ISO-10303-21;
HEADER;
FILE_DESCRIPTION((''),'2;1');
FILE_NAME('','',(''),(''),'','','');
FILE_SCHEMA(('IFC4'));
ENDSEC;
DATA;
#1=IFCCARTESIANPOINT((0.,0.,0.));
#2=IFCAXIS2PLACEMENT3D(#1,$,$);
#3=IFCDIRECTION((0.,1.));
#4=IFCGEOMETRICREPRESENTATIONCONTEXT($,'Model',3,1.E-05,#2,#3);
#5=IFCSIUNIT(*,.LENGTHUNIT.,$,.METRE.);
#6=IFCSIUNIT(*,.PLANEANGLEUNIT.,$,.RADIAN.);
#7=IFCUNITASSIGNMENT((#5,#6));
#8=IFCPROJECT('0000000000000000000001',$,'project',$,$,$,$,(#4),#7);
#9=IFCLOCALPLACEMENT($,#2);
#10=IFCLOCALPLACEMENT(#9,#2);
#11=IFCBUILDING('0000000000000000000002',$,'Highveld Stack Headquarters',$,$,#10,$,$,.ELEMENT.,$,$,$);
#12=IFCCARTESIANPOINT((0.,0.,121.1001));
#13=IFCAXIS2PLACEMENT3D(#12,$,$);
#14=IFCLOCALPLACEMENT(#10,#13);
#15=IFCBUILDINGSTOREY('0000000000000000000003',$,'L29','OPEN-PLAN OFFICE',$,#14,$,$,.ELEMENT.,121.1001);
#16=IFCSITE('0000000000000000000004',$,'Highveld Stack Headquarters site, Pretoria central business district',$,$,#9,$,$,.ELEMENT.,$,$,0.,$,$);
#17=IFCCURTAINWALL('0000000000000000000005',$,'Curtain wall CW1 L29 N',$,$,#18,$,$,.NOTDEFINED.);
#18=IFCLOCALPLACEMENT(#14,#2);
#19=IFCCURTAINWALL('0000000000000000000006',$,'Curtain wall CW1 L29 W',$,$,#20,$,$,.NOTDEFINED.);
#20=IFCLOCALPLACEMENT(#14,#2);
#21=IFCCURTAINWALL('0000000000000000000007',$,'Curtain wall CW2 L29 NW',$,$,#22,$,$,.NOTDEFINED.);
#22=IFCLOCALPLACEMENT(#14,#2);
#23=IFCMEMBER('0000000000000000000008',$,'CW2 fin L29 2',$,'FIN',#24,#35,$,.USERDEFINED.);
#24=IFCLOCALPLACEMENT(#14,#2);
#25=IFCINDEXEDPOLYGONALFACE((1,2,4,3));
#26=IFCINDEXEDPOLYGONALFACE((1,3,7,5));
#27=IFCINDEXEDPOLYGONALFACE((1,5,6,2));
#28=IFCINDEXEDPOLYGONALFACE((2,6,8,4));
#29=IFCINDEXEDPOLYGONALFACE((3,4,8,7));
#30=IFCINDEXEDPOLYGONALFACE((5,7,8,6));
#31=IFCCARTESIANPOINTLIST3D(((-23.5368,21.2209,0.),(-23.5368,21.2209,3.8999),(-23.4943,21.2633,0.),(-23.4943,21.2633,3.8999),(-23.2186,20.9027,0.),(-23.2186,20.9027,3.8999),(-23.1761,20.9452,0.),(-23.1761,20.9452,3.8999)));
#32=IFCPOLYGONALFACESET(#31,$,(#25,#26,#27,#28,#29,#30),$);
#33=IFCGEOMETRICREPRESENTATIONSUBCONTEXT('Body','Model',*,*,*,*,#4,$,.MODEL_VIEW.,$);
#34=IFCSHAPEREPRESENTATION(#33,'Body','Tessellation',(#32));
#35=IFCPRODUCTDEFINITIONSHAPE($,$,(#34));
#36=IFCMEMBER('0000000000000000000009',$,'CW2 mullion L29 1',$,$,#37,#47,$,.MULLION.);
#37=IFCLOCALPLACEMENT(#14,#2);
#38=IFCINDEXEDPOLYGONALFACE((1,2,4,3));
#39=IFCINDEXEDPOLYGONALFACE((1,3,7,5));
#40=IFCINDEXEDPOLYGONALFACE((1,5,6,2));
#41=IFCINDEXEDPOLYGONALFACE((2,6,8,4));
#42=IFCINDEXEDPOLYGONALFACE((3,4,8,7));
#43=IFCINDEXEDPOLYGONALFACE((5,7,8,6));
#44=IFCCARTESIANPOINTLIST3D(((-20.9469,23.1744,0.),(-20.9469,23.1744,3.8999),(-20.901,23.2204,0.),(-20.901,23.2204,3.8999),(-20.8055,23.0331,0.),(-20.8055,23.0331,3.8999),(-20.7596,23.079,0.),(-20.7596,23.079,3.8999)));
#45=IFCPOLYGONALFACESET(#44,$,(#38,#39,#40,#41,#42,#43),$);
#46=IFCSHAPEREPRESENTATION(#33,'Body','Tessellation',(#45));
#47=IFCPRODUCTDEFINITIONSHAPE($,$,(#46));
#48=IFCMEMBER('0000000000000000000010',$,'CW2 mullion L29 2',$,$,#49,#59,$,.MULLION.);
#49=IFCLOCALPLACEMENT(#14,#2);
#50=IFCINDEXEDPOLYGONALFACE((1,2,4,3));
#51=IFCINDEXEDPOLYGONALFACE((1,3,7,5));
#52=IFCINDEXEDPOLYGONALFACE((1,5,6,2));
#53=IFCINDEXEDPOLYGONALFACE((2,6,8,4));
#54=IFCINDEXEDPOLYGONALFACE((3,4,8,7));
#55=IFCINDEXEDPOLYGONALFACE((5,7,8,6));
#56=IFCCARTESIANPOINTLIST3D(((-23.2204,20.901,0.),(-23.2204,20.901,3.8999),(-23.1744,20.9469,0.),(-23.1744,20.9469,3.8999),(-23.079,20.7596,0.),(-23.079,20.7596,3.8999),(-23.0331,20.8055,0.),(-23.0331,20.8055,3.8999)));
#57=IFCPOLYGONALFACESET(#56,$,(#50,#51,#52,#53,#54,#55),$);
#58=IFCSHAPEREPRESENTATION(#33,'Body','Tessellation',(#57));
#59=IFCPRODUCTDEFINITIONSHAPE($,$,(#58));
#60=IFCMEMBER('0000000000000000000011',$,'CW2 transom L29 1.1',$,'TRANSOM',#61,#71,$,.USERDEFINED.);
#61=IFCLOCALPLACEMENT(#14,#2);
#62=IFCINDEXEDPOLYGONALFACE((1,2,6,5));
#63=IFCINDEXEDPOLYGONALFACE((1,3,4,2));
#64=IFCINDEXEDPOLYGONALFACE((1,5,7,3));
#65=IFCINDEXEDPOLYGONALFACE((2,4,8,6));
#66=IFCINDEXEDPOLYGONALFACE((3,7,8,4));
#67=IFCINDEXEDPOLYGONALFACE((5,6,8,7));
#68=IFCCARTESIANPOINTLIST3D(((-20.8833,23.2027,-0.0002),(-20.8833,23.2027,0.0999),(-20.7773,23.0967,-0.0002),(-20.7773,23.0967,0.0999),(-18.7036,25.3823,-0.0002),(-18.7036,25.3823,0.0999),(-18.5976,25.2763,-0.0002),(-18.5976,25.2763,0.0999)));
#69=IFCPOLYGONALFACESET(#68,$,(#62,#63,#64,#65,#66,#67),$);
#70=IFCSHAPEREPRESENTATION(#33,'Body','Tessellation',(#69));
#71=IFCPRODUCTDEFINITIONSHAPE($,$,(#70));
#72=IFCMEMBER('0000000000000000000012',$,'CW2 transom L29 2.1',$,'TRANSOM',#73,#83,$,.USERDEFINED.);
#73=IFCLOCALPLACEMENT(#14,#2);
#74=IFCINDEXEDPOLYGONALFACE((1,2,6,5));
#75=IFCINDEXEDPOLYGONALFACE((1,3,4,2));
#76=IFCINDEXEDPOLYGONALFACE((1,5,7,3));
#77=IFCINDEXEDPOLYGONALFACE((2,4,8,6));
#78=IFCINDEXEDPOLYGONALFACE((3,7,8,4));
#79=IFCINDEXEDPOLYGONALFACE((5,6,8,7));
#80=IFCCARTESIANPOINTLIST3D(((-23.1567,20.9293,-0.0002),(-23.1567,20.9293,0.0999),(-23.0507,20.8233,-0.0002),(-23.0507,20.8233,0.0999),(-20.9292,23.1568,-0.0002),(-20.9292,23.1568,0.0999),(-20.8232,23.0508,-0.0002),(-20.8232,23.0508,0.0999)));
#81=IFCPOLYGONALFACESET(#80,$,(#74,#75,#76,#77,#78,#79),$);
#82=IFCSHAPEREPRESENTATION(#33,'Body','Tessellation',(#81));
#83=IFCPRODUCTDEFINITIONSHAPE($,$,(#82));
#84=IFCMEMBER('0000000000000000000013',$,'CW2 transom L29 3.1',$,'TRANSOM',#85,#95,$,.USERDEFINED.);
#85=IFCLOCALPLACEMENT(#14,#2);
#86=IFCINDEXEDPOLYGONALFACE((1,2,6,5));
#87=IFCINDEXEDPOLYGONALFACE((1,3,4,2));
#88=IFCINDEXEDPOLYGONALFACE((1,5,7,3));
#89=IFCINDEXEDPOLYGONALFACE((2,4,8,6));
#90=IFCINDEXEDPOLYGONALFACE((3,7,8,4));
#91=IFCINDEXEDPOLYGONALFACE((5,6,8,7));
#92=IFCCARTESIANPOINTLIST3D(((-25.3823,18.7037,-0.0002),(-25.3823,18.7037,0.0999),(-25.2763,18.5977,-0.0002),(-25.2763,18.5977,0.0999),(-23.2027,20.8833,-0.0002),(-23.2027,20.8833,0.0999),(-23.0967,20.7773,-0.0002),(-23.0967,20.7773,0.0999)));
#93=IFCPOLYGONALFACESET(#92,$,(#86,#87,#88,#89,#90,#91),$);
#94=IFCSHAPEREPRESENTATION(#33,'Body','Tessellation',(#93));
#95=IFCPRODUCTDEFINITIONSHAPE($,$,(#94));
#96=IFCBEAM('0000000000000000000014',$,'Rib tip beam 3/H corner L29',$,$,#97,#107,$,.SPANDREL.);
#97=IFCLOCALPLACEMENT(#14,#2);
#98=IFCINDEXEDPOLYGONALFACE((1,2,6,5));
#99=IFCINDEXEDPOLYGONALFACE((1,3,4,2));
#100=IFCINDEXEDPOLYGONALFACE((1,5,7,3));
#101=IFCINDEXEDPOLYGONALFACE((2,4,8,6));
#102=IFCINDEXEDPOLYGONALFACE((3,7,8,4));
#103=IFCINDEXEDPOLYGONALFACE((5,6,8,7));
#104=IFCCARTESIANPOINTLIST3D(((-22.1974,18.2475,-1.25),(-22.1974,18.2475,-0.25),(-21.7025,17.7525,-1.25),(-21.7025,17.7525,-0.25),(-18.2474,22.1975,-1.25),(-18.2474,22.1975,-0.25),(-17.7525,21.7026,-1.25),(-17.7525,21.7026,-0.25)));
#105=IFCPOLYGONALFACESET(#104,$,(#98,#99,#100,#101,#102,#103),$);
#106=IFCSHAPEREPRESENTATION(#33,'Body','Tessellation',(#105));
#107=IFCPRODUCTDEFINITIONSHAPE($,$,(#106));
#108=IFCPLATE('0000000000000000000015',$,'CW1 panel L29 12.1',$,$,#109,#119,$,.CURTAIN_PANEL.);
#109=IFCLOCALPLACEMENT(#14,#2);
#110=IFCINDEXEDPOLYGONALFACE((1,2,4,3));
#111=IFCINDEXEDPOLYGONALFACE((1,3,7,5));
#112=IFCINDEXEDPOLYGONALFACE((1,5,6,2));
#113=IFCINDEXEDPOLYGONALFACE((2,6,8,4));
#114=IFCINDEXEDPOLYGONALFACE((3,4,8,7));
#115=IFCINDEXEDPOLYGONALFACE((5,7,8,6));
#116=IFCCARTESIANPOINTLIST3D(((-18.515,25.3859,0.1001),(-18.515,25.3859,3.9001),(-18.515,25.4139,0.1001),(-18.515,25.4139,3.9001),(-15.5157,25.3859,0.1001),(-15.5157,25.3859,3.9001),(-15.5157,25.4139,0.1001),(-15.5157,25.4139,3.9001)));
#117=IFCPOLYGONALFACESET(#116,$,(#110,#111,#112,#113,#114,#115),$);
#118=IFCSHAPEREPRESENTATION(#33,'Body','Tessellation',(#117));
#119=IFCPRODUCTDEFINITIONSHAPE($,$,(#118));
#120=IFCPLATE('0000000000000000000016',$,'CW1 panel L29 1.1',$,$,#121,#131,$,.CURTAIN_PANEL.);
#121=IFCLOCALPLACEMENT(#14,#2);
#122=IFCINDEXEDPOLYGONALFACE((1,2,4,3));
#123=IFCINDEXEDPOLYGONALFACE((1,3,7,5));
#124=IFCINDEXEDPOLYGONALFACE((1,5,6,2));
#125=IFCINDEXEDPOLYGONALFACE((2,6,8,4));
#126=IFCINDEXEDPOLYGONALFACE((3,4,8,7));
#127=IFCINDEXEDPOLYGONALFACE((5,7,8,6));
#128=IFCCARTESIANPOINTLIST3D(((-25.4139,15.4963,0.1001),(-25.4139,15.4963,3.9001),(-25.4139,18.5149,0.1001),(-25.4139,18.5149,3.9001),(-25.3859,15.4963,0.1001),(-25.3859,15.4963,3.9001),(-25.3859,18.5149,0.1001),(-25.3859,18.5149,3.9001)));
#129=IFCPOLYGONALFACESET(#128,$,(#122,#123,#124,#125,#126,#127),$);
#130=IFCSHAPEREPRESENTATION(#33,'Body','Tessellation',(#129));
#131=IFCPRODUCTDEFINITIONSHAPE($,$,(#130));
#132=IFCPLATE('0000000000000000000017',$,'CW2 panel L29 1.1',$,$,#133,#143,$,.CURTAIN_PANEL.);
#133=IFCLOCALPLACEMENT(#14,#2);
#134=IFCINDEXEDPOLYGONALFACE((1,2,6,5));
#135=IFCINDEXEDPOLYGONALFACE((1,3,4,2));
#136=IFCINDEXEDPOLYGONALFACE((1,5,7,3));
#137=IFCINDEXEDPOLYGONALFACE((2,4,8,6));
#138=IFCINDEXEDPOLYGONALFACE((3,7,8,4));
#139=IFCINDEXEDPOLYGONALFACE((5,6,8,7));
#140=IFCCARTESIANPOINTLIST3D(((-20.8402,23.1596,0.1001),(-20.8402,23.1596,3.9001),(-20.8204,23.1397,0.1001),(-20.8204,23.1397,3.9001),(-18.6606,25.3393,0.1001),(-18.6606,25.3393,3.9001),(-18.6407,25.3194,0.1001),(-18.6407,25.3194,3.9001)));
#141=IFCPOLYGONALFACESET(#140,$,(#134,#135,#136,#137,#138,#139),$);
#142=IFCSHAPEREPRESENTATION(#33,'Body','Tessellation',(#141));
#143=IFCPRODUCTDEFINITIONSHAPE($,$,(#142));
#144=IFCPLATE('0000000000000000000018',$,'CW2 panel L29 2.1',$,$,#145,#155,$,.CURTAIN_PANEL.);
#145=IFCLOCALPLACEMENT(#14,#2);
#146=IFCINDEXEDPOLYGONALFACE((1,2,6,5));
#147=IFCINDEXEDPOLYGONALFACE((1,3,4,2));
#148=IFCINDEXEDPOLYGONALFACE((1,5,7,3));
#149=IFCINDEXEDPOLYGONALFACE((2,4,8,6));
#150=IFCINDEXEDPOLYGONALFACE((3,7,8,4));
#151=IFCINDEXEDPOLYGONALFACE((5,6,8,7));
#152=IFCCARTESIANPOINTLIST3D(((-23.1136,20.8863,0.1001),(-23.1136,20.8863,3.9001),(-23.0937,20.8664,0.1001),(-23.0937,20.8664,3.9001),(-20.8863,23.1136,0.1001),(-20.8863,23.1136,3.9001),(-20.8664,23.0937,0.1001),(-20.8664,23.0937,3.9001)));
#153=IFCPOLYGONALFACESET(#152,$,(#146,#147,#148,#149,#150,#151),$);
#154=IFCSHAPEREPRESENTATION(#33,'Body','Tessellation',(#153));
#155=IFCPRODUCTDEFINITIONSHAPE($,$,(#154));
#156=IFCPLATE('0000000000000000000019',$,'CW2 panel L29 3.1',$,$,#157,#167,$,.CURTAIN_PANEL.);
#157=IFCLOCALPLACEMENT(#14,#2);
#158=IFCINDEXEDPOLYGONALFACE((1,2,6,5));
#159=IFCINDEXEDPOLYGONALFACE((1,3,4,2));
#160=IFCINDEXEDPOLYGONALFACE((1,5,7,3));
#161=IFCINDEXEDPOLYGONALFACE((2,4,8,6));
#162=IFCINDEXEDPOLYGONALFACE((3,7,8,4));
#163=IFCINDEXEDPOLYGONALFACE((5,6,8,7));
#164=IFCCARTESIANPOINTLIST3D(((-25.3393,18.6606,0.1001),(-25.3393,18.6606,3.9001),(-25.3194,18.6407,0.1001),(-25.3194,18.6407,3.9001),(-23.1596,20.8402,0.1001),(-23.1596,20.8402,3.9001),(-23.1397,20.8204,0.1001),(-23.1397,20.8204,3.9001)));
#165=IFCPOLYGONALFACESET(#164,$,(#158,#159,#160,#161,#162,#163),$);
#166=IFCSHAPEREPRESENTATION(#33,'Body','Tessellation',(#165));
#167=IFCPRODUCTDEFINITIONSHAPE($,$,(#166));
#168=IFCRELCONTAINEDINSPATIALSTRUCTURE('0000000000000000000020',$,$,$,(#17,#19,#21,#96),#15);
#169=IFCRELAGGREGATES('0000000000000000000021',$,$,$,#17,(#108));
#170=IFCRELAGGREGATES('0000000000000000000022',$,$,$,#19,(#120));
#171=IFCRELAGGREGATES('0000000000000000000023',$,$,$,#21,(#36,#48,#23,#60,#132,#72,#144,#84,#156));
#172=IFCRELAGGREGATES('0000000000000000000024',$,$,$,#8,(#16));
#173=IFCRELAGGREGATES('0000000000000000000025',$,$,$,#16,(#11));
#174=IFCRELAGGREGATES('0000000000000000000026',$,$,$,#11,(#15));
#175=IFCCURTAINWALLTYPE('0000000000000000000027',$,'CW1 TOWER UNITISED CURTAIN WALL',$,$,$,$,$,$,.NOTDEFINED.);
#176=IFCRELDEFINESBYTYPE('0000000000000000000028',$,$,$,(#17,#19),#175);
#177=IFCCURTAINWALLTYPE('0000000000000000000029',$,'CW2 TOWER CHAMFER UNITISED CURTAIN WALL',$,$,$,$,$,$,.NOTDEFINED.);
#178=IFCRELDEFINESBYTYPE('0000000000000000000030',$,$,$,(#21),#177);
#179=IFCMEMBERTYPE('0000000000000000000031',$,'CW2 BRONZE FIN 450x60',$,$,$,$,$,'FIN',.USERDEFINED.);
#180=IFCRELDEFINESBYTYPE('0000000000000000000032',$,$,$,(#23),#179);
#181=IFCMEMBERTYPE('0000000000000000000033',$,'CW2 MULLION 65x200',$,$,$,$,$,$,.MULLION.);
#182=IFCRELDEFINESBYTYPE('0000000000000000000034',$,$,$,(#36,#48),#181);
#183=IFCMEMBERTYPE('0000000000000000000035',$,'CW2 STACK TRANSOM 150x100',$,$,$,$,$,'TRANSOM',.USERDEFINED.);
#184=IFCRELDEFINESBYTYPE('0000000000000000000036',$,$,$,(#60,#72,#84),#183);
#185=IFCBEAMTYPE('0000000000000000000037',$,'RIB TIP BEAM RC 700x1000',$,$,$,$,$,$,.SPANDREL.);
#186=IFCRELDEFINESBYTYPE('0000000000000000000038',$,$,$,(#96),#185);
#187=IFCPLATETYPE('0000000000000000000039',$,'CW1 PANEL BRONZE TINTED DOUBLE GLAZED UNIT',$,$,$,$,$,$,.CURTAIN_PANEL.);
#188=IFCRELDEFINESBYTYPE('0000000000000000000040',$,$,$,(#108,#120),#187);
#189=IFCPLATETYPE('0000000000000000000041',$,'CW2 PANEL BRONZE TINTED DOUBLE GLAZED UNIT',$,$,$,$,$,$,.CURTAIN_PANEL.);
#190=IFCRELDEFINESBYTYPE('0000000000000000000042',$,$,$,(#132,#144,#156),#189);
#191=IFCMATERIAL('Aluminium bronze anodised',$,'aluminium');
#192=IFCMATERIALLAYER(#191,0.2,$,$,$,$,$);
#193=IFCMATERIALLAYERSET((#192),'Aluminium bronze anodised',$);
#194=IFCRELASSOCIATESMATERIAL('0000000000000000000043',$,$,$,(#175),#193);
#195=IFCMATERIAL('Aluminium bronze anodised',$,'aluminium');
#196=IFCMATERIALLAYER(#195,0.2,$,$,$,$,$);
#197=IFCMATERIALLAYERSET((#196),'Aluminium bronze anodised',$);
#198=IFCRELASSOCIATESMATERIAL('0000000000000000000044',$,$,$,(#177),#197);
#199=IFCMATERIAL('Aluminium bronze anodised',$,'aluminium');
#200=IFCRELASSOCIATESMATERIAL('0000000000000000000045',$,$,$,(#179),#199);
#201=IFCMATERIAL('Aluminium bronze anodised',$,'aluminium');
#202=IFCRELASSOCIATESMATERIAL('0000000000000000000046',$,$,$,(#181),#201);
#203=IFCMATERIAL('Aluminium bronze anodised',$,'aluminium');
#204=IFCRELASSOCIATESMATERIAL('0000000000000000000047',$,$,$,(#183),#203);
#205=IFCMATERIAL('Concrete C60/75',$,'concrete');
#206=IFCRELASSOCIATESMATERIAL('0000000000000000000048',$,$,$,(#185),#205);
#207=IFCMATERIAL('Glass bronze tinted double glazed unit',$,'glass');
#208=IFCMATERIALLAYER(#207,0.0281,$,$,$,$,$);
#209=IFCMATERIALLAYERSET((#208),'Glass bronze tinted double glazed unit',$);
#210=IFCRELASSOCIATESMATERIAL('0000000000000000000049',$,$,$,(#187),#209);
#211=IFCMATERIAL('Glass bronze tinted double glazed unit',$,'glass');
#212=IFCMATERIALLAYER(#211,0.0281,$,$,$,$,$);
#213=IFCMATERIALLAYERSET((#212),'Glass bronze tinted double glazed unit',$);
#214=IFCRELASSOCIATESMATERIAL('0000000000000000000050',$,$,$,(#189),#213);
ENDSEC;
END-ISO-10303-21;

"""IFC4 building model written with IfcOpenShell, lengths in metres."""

from ifc_helpers import new_model, si_unit, direction, frame, origin, origin_2d, place, context, subcontext, project, spatial, rectangle, extrude, material, layer, layer_set, material_profile, profile_set, type_object, element, aggregate, save


model = new_model("IFC4")

# Units and contexts
model_context = context("Model", 3, precision=1e-05, world=origin(), true_north=direction((0.0, 1.0)))
body_context = subcontext(model_context, "Body", "Model", "MODEL_VIEW")
ifc_project = project(units=[si_unit("LENGTHUNIT", "METRE"), si_unit("PLANEANGLEUNIT", "RADIAN")], contexts=[model_context])

# Site, building, storey
site_placement = place(None, origin())
site = spatial("IfcSite", under=ifc_project, at=site_placement, Name="Highveld Stack Headquarters site, Pretoria central business district", CompositionType="ELEMENT", RefElevation=0.0)
building_placement = place(site_placement, origin())
building = spatial("IfcBuilding", under=site, at=building_placement, Name="Highveld Stack Headquarters", CompositionType="ELEMENT")
storey_placement = place(building_placement, frame((0.0, 0.0, 121.1001)))
storey = spatial("IfcBuildingStorey", under=building, at=storey_placement, Name="L29", Description="OPEN-PLAN OFFICE", CompositionType="ELEMENT", Elevation=121.1001)

# Curtain wall
ifc_material_1 = material(Name="Aluminium bronze anodised", Category="aluminium")
ifc_layer_1 = layer(ifc_material_1, 0.2)
ifc_layer_set_1 = layer_set([ifc_layer_1], Name="Aluminium bronze anodised")
curtain_wall_type_1 = type_object("IfcCurtainWallType", Name="CW1 TOWER UNITISED CURTAIN WALL", PredefinedType="NOTDEFINED", material=ifc_layer_set_1)
curtain_wall_1_placement = place(storey_placement, origin())
curtain_wall_1 = element("IfcCurtainWall", 1, at=curtain_wall_1_placement, inside=storey, type_object=curtain_wall_type_1, Name="Curtain wall CW1 L29 N", PredefinedType="NOTDEFINED")

# Curtain wall
curtain_wall_2_placement = place(storey_placement, origin())
curtain_wall_2 = element("IfcCurtainWall", 2, at=curtain_wall_2_placement, inside=storey, type_object=curtain_wall_type_1, Name="Curtain wall CW1 L29 W", PredefinedType="NOTDEFINED")

# Curtain wall, members
ifc_material_2 = material(Name="Aluminium bronze anodised", Category="aluminium")
ifc_layer_2 = layer(ifc_material_2, 0.2)
ifc_layer_set_2 = layer_set([ifc_layer_2], Name="Aluminium bronze anodised")
curtain_wall_type_2 = type_object("IfcCurtainWallType", Name="CW2 TOWER CHAMFER UNITISED CURTAIN WALL", PredefinedType="NOTDEFINED", material=ifc_layer_set_2)
curtain_wall_3_placement = place(storey_placement, origin())
curtain_wall_3 = element("IfcCurtainWall", 3, at=curtain_wall_3_placement, inside=storey, type_object=curtain_wall_type_2, Name="Curtain wall CW2 L29 NW", PredefinedType="NOTDEFINED")
ifc_material_3 = material(Name="Aluminium bronze anodised", Category="aluminium")
ifc_material_profile_1 = material_profile(ifc_material_3, rectangle(XDim=0.45, YDim=0.0601, at=origin_2d()), Name="FIN 450x60")
ifc_profile_set_1 = profile_set([ifc_material_profile_1], Name="Aluminium bronze anodised")
member_type_1 = type_object("IfcMemberType", Name="CW2 BRONZE FIN 450x60", ElementType="FIN", PredefinedType="USERDEFINED", material=ifc_profile_set_1)
member_1_placement = place(storey_placement, frame((-23.3564, 21.083, 0.0), z_axis=(0.0, 0.0, 1.0), x_axis=(0.707107, -0.707107, 0.0)))
member_1 = element("IfcMember", 4, at=member_1_placement, type_object=member_type_1, Name="CW2 fin L29 2", ObjectType="FIN", PredefinedType="USERDEFINED", context=body_context, shape_type="SweptSolid", body=[
    extrude(rectangle(XDim=0.45, YDim=0.0601, at=origin_2d()), origin(), (0.0, 0.0, 1.0), 3.8999),
])
ifc_material_4 = material(Name="Aluminium bronze anodised", Category="aluminium")
ifc_material_profile_2 = material_profile(ifc_material_4, rectangle(XDim=0.2, YDim=0.0649, at=origin_2d()), Name="CW2 MULLION 65x200")
ifc_profile_set_2 = profile_set([ifc_material_profile_2], Name="Aluminium bronze anodised")
member_type_2 = type_object("IfcMemberType", Name="CW2 MULLION 65x200", PredefinedType="MULLION", material=ifc_profile_set_2)
member_2_placement = place(storey_placement, frame((-20.8533, 23.1267, 0.0), z_axis=(0.0, 0.0, 1.0), x_axis=(0.707107, -0.707107, 0.0)))
member_2 = element("IfcMember", 5, at=member_2_placement, type_object=member_type_2, Name="CW2 mullion L29 1", PredefinedType="MULLION", context=body_context, shape_type="SweptSolid", body=[
    extrude(rectangle(XDim=0.2, YDim=0.0649, at=origin_2d()), origin(), (0.0, 0.0, 1.0), 3.8999),
])
member_3_placement = place(storey_placement, frame((-23.1267, 20.8533, 0.0), z_axis=(0.0, 0.0, 1.0), x_axis=(0.707107, -0.707107, 0.0)))
member_3 = element("IfcMember", 6, at=member_3_placement, type_object=member_type_2, Name="CW2 mullion L29 2", PredefinedType="MULLION", context=body_context, shape_type="SweptSolid", body=[
    extrude(rectangle(XDim=0.2, YDim=0.0649, at=origin_2d()), origin(), (0.0, 0.0, 1.0), 3.8999),
])
ifc_material_5 = material(Name="Aluminium bronze anodised", Category="aluminium")
ifc_material_profile_3 = material_profile(ifc_material_5, rectangle(XDim=0.1499, YDim=0.1001, at=origin_2d()), Name="CW2 TRANSOM 150x100")
ifc_profile_set_3 = profile_set([ifc_material_profile_3], Name="Aluminium bronze anodised")
member_type_3 = type_object("IfcMemberType", Name="CW2 STACK TRANSOM 150x100", ElementType="TRANSOM", PredefinedType="USERDEFINED", material=ifc_profile_set_3)
member_4_placement = place(storey_placement, frame((-18.6506, 25.3293, 0.0498), z_axis=(-0.707107, -0.707107, 0.0), x_axis=(0.707107, -0.707107, 0.0)))
member_4 = element("IfcMember", 7, at=member_4_placement, type_object=member_type_3, Name="CW2 transom L29 1.1", ObjectType="TRANSOM", PredefinedType="USERDEFINED", context=body_context, shape_type="SweptSolid", body=[
    extrude(rectangle(XDim=0.1499, YDim=0.1001, at=origin_2d()), origin(), (0.0, 0.0, 1.0), 3.0825),
])
member_5_placement = place(storey_placement, frame((-20.8762, 23.1038, 0.0498), z_axis=(-0.707107, -0.707107, 0.0), x_axis=(0.707107, -0.707107, 0.0)))
member_5 = element("IfcMember", 8, at=member_5_placement, type_object=member_type_3, Name="CW2 transom L29 2.1", ObjectType="TRANSOM", PredefinedType="USERDEFINED", context=body_context, shape_type="SweptSolid", body=[
    extrude(rectangle(XDim=0.1499, YDim=0.1001, at=origin_2d()), origin(), (0.0, 0.0, 1.0), 3.1501),
])
member_6_placement = place(storey_placement, frame((-23.1497, 20.8303, 0.0498), z_axis=(-0.707107, -0.707107, 0.0), x_axis=(0.707107, -0.707107, 0.0)))
member_6 = element("IfcMember", 9, at=member_6_placement, type_object=member_type_3, Name="CW2 transom L29 3.1", ObjectType="TRANSOM", PredefinedType="USERDEFINED", context=body_context, shape_type="SweptSolid", body=[
    extrude(rectangle(XDim=0.1499, YDim=0.1001, at=origin_2d()), origin(), (0.0, 0.0, 1.0), 3.0825),
])

# Beam
ifc_material_6 = material(Name="Concrete C60/75", Category="concrete")
ifc_material_profile_4 = material_profile(ifc_material_6, rectangle(XDim=0.7, YDim=1.0, at=origin_2d()), Name="RC 700x1000")
ifc_profile_set_4 = profile_set([ifc_material_profile_4], Name="Concrete C60/75")
beam_type_1 = type_object("IfcBeamType", Name="RIB TIP BEAM RC 700x1000", PredefinedType="SPANDREL", material=ifc_profile_set_4)
beam_1_placement = place(storey_placement, frame((-21.95, 18.0, -0.75), z_axis=(0.707107, 0.707107, 0.0), x_axis=(-0.707107, 0.707107, 0.0)))
element("IfcBeam", 10, at=beam_1_placement, inside=storey, type_object=beam_type_1, Name="Rib tip beam 3/H corner L29", PredefinedType="SPANDREL", context=body_context, shape_type="SweptSolid", body=[
    extrude(rectangle(XDim=0.7, YDim=1.0, at=origin_2d()), origin(), (0.0, 0.0, 1.0), 5.5862),
])

# Plates
ifc_material_7 = material(Name="Glass bronze tinted double glazed unit", Category="glass")
ifc_layer_3 = layer(ifc_material_7, 0.0281)
ifc_layer_set_3 = layer_set([ifc_layer_3], Name="Glass bronze tinted double glazed unit")
plate_type_1 = type_object("IfcPlateType", Name="CW1 PANEL BRONZE TINTED DOUBLE GLAZED UNIT", PredefinedType="CURTAIN_PANEL", material=ifc_layer_set_3)
plate_1_placement = place(storey_placement, frame((-17.0154, 25.3999, 0.1001), z_axis=(0.0, 0.0, 1.0), x_axis=(-1.0, 0.0, 0.0)))
plate_1 = element("IfcPlate", 11, at=plate_1_placement, type_object=plate_type_1, Name="CW1 panel L29 12.1", PredefinedType="CURTAIN_PANEL", context=body_context, shape_type="SweptSolid", body=[
    extrude(rectangle(XDim=2.9993, YDim=0.0281, at=origin_2d()), origin(), (0.0, 0.0, 1.0), 3.8),
])
aggregate(curtain_wall_1, [plate_1])
plate_2_placement = place(storey_placement, frame((-25.3999, 17.0056, 0.1001), z_axis=(0.0, 0.0, 1.0), x_axis=(0.0, -1.0, 0.0)))
plate_2 = element("IfcPlate", 12, at=plate_2_placement, type_object=plate_type_1, Name="CW1 panel L29 1.1", PredefinedType="CURTAIN_PANEL", context=body_context, shape_type="SweptSolid", body=[
    extrude(rectangle(XDim=3.0186, YDim=0.0281, at=origin_2d()), origin(), (0.0, 0.0, 1.0), 3.8),
])
aggregate(curtain_wall_2, [plate_2])
ifc_material_8 = material(Name="Glass bronze tinted double glazed unit", Category="glass")
ifc_layer_4 = layer(ifc_material_8, 0.0281)
ifc_layer_set_4 = layer_set([ifc_layer_4], Name="Glass bronze tinted double glazed unit")
plate_type_2 = type_object("IfcPlateType", Name="CW2 PANEL BRONZE TINTED DOUBLE GLAZED UNIT", PredefinedType="CURTAIN_PANEL", material=ifc_layer_set_4)
plate_3_placement = place(storey_placement, frame((-19.7405, 24.2395, 0.1001), z_axis=(0.0, 0.0, 1.0), x_axis=(-0.707107, -0.707107, 0.0)))
plate_3 = element("IfcPlate", 13, at=plate_3_placement, type_object=plate_type_2, Name="CW2 panel L29 1.1", PredefinedType="CURTAIN_PANEL", context=body_context, shape_type="SweptSolid", body=[
    extrude(rectangle(XDim=3.0825, YDim=0.0281, at=origin_2d()), origin(), (0.0, 0.0, 1.0), 3.8),
])
plate_4_placement = place(storey_placement, frame((-21.99, 21.99, 0.1001), z_axis=(0.0, 0.0, 1.0), x_axis=(-0.707107, -0.707107, 0.0)))
plate_4 = element("IfcPlate", 14, at=plate_4_placement, type_object=plate_type_2, Name="CW2 panel L29 2.1", PredefinedType="CURTAIN_PANEL", context=body_context, shape_type="SweptSolid", body=[
    extrude(rectangle(XDim=3.1499, YDim=0.0281, at=origin_2d()), origin(), (0.0, 0.0, 1.0), 3.8),
])
plate_5_placement = place(storey_placement, frame((-24.2395, 19.7405, 0.1001), z_axis=(0.0, 0.0, 1.0), x_axis=(-0.707107, -0.707107, 0.0)))
plate_5 = element("IfcPlate", 15, at=plate_5_placement, type_object=plate_type_2, Name="CW2 panel L29 3.1", PredefinedType="CURTAIN_PANEL", context=body_context, shape_type="SweptSolid", body=[
    extrude(rectangle(XDim=3.0825, YDim=0.0281, at=origin_2d()), origin(), (0.0, 0.0, 1.0), 3.8),
])
aggregate(curtain_wall_3, [member_2, member_3, member_1, member_4, plate_3, member_5, plate_4, member_6, plate_5])

save(model, "model.ifc")
